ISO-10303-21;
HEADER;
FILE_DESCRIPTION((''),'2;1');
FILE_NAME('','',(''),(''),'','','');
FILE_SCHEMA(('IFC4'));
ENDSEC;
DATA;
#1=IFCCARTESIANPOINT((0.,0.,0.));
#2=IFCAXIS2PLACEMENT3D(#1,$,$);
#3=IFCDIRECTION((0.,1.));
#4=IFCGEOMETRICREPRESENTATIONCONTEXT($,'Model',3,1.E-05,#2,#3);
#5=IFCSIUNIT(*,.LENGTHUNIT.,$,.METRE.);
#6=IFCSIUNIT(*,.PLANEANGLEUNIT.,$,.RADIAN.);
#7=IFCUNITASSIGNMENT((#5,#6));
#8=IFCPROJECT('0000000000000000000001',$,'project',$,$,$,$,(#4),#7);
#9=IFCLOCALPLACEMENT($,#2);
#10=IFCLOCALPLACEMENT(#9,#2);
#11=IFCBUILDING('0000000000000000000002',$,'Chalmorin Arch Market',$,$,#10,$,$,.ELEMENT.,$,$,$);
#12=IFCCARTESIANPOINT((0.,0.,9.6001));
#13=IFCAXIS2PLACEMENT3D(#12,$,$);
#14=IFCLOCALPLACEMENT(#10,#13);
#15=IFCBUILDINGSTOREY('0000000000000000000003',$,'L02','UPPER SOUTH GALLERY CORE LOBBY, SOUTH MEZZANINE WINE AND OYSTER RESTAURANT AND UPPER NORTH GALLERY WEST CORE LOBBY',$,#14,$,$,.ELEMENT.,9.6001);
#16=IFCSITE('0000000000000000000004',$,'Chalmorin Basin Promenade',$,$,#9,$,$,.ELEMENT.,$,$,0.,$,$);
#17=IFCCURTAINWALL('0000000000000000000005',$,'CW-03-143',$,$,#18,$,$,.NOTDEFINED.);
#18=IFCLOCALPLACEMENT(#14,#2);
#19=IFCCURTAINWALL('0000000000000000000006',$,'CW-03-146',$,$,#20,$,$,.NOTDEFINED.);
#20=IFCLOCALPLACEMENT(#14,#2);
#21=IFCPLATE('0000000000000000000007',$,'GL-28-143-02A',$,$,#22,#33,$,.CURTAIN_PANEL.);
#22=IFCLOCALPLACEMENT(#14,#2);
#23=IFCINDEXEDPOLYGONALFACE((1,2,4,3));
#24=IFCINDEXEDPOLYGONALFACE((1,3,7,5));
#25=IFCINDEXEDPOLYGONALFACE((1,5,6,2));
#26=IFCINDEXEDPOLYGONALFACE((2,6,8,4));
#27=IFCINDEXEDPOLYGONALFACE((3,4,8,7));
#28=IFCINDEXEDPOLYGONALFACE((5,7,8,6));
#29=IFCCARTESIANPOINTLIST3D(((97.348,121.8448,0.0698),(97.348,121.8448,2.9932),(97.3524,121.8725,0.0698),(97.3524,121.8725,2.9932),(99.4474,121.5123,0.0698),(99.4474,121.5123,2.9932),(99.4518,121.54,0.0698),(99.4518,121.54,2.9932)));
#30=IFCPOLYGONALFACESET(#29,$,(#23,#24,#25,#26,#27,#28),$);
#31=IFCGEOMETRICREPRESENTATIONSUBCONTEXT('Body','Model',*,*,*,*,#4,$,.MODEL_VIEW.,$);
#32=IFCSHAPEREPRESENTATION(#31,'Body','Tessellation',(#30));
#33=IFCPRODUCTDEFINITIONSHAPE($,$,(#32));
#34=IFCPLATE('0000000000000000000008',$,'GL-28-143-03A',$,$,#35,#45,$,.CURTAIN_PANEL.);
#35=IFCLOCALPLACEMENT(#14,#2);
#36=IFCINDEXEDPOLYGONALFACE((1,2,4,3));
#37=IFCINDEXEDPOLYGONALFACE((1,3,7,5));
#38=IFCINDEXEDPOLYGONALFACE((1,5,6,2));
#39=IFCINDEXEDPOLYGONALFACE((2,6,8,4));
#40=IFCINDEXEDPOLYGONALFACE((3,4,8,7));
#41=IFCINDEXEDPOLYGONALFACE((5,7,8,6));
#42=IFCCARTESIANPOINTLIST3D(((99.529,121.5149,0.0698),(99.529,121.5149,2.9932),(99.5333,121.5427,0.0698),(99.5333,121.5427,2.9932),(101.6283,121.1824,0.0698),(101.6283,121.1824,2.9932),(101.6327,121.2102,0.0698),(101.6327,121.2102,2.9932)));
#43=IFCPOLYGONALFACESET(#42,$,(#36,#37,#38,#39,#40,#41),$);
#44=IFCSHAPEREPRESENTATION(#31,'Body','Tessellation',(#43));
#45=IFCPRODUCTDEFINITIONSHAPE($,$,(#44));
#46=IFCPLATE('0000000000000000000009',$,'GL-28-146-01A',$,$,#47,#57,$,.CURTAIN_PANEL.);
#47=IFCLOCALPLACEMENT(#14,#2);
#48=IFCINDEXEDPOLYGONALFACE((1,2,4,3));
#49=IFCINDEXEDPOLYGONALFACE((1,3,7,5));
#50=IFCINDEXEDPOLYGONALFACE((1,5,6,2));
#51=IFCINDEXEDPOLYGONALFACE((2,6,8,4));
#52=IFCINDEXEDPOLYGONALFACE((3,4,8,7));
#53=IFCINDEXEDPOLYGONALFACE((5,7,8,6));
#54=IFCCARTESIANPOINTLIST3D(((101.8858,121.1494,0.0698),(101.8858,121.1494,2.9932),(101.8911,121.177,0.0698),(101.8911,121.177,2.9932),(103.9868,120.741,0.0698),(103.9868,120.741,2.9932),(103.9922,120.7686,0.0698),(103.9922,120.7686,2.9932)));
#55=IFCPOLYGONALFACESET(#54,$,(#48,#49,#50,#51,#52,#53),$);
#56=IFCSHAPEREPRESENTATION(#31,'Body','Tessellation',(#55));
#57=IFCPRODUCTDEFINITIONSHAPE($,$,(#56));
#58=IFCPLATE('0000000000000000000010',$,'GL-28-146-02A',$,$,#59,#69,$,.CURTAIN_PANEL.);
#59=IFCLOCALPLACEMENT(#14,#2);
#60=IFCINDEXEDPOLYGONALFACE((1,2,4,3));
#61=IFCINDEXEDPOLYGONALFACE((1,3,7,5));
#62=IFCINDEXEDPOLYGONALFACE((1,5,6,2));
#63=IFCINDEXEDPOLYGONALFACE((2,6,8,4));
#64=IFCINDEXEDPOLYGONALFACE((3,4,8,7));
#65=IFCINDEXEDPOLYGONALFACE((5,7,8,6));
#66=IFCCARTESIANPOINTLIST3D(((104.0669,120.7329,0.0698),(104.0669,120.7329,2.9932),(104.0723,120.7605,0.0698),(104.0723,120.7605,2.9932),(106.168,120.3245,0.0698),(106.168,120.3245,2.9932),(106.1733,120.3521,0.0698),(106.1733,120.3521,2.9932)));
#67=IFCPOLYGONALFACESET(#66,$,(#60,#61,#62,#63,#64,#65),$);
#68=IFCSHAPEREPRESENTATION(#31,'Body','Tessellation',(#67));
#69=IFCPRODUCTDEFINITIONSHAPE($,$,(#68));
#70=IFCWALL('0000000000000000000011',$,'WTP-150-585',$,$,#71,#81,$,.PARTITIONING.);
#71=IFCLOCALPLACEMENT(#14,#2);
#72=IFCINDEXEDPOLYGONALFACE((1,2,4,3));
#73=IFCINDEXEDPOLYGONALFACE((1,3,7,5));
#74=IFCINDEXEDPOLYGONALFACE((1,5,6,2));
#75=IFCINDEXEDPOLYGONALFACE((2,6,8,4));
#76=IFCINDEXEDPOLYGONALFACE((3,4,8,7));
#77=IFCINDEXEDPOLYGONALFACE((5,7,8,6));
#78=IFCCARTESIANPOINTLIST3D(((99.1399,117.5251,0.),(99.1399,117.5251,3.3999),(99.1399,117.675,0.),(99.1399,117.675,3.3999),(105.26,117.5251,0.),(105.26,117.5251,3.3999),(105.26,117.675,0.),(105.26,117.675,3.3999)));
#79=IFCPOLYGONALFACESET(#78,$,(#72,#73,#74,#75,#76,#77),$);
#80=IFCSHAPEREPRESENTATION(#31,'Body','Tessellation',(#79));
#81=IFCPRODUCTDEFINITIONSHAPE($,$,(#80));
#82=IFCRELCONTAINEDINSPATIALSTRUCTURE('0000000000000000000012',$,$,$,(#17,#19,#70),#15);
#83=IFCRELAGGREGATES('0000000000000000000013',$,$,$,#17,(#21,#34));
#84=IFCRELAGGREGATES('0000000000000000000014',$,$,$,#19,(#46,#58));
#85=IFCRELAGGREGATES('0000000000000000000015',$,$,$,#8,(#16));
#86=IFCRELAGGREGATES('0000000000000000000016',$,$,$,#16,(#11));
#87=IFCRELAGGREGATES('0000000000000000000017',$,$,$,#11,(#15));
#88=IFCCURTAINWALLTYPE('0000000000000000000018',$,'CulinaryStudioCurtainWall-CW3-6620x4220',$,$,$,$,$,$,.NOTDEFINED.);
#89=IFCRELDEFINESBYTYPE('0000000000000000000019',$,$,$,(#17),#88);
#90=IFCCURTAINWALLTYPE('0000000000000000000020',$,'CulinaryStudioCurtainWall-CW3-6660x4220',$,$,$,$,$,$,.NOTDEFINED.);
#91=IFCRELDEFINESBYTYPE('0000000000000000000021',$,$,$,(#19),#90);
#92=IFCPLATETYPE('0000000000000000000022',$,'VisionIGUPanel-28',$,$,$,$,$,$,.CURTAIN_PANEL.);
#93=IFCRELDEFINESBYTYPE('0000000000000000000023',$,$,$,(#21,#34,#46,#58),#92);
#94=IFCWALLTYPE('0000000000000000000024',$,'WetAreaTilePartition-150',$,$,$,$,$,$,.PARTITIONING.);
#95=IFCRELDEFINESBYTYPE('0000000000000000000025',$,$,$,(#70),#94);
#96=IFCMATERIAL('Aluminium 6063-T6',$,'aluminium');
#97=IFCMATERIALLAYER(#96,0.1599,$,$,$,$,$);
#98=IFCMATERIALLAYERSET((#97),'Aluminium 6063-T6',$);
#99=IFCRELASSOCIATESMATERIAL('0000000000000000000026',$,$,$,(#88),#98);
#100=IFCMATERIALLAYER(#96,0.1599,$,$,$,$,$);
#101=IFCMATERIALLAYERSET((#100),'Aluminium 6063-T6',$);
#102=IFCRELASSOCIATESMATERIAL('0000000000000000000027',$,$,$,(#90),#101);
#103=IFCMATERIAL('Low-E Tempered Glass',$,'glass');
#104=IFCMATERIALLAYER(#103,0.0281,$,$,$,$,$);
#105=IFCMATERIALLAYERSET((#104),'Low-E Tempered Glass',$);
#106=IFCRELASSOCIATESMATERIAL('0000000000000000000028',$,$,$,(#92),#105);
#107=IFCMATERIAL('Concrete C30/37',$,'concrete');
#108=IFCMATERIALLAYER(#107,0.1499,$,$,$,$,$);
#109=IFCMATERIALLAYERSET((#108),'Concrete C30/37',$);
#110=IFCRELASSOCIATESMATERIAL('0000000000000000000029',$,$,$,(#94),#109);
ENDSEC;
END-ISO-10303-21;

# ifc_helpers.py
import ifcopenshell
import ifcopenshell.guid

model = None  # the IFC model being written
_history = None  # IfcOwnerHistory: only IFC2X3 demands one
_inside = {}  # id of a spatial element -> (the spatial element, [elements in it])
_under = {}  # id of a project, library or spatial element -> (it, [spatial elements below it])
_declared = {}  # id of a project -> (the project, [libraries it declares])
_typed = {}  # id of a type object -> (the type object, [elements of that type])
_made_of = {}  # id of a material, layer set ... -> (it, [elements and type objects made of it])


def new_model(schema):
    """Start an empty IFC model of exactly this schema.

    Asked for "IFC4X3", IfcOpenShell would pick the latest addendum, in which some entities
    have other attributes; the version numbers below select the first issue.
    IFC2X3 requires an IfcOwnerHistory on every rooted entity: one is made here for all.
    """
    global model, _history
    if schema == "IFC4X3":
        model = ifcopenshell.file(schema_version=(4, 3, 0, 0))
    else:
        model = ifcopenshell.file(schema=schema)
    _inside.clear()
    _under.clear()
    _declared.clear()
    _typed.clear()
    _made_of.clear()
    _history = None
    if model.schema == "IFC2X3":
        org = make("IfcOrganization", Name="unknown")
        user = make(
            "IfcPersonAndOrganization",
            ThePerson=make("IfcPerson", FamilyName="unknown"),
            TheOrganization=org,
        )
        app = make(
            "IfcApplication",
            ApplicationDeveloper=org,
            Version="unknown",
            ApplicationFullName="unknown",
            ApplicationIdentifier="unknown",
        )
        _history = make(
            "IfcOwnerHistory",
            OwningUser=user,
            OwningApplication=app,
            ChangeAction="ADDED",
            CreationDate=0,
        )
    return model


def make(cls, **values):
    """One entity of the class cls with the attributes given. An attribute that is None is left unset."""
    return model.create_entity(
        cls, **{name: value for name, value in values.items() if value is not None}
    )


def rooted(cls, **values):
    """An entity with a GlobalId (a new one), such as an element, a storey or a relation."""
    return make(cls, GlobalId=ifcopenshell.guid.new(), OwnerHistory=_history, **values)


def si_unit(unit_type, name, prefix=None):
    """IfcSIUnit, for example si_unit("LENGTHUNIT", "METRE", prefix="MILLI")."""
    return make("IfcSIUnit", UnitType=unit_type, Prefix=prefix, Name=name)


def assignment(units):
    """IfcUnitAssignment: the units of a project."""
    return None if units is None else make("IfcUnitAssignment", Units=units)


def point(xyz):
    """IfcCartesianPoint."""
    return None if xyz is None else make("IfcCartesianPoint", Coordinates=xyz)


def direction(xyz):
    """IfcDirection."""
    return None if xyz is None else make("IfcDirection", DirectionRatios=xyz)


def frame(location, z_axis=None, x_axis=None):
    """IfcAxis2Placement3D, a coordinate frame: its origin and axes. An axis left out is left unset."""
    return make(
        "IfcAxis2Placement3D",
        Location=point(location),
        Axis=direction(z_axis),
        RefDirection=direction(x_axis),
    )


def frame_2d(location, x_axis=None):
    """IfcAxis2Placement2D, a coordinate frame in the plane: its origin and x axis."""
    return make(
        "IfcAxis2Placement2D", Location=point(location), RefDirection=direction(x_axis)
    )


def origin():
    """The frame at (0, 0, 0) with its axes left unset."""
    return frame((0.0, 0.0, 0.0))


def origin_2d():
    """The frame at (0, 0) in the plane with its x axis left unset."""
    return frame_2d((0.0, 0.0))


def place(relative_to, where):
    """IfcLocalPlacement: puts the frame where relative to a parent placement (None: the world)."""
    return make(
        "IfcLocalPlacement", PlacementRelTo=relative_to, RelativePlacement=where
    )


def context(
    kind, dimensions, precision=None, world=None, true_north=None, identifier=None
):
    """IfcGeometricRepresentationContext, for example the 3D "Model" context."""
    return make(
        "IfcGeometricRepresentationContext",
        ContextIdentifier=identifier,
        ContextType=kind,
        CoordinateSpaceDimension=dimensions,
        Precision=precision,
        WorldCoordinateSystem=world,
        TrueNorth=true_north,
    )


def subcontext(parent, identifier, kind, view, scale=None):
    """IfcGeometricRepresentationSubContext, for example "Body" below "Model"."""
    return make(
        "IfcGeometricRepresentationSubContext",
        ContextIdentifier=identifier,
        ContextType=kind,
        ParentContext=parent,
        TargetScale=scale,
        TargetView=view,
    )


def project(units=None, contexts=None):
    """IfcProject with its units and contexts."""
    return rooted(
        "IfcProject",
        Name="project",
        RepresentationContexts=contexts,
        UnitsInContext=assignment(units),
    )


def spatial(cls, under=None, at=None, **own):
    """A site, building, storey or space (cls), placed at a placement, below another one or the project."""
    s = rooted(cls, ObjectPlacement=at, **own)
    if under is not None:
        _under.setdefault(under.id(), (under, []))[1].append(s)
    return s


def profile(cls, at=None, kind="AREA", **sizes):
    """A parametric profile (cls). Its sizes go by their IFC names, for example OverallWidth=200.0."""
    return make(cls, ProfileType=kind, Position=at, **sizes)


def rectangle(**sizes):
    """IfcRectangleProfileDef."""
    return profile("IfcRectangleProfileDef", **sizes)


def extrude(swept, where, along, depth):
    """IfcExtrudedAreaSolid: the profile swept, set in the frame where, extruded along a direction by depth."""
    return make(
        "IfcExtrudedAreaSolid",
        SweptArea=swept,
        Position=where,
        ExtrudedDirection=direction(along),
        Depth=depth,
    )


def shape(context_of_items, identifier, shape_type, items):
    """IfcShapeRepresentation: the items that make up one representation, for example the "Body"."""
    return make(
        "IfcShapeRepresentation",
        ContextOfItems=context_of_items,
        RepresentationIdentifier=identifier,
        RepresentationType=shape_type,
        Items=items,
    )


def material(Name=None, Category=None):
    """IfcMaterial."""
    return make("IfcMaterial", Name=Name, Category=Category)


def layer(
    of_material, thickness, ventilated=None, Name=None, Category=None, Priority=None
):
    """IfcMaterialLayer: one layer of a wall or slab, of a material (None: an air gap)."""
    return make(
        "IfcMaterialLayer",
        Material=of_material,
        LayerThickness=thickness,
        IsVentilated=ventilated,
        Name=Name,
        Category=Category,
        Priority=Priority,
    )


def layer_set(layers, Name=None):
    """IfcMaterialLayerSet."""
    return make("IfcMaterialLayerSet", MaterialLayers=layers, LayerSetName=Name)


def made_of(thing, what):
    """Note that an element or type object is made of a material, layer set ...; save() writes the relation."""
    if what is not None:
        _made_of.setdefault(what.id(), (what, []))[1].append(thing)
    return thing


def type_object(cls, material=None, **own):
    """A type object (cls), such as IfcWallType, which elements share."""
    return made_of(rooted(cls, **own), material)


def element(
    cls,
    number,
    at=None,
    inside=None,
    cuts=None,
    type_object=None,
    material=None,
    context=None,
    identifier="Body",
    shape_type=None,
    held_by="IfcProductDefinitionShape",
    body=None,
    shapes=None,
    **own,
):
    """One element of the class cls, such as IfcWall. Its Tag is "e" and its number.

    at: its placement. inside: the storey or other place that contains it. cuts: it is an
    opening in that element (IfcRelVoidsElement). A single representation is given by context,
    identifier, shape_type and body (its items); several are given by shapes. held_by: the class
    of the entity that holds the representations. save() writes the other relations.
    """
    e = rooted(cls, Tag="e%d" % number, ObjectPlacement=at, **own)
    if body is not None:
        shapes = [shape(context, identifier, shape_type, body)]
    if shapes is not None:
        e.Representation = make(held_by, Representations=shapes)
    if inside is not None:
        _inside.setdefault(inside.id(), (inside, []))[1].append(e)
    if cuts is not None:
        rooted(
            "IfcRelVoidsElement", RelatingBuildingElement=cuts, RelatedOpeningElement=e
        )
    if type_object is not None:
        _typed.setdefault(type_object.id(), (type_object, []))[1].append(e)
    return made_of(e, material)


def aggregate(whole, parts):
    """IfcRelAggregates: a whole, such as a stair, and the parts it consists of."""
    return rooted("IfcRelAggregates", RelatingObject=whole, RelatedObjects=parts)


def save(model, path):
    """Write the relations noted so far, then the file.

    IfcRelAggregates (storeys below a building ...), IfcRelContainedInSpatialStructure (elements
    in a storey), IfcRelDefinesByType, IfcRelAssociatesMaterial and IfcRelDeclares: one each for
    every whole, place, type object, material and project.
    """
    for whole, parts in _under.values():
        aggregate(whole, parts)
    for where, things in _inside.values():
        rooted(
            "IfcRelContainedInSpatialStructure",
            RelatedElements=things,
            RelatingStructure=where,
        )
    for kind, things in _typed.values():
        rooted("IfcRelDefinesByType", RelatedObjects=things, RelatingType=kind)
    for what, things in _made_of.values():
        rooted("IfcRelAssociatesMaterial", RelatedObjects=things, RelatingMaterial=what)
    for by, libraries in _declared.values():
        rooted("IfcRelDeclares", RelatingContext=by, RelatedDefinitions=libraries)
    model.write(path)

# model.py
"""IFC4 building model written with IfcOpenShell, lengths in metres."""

from ifc_helpers import new_model, si_unit, direction, frame, frame_2d, origin, origin_2d, place, context, subcontext, project, spatial, rectangle, extrude, material, layer, layer_set, type_object, element, aggregate, save


model = new_model("IFC4")

# Units and contexts
model_context = context("Model", 3, precision=1e-05, world=origin(), true_north=direction((0.0, 1.0)))
body_context = subcontext(model_context, "Body", "Model", "MODEL_VIEW")
ifc_project = project(units=[si_unit("LENGTHUNIT", "METRE"), si_unit("PLANEANGLEUNIT", "RADIAN")], contexts=[model_context])

# Site, building, storey
site_placement = place(None, origin())
site = spatial("IfcSite", under=ifc_project, at=site_placement, Name="Chalmorin Basin Promenade", CompositionType="ELEMENT", RefElevation=0.0)
building_placement = place(site_placement, origin())
building = spatial("IfcBuilding", under=site, at=building_placement, Name="Chalmorin Arch Market", CompositionType="ELEMENT")
storey_placement = place(building_placement, frame((0.0, 0.0, 9.6001)))
storey = spatial("IfcBuildingStorey", under=building, at=storey_placement, Name="L02", Description="UPPER SOUTH GALLERY CORE LOBBY, SOUTH MEZZANINE WINE AND OYSTER RESTAURANT AND UPPER NORTH GALLERY WEST CORE LOBBY", CompositionType="ELEMENT", Elevation=9.6001)

# Shared definitions
ifc_material_1 = material(Name="Aluminium 6063-T6", Category="aluminium")

# Curtain walls
ifc_layer_1 = layer(ifc_material_1, 0.1599)
ifc_layer_set_1 = layer_set([ifc_layer_1], Name="Aluminium 6063-T6")
curtain_wall_type_1 = type_object("IfcCurtainWallType", Name="CulinaryStudioCurtainWall-CW3-6620x4220", PredefinedType="NOTDEFINED", material=ifc_layer_set_1)
curtain_wall_1_placement = place(storey_placement, origin())
curtain_wall_1 = element("IfcCurtainWall", 1, at=curtain_wall_1_placement, inside=storey, type_object=curtain_wall_type_1, Name="CW-03-143", PredefinedType="NOTDEFINED")
ifc_layer_2 = layer(ifc_material_1, 0.1599)
ifc_layer_set_2 = layer_set([ifc_layer_2], Name="Aluminium 6063-T6")
curtain_wall_type_2 = type_object("IfcCurtainWallType", Name="CulinaryStudioCurtainWall-CW3-6660x4220", PredefinedType="NOTDEFINED", material=ifc_layer_set_2)
curtain_wall_2_placement = place(storey_placement, origin())
curtain_wall_2 = element("IfcCurtainWall", 2, at=curtain_wall_2_placement, inside=storey, type_object=curtain_wall_type_2, Name="CW-03-146", PredefinedType="NOTDEFINED")

# Plates
ifc_material_2 = material(Name="Low-E Tempered Glass", Category="glass")
ifc_layer_3 = layer(ifc_material_2, 0.0281)
ifc_layer_set_3 = layer_set([ifc_layer_3], Name="Low-E Tempered Glass")
plate_type_1 = type_object("IfcPlateType", Name="VisionIGUPanel-28", PredefinedType="CURTAIN_PANEL", material=ifc_layer_set_3)
plate_1_placement = place(storey_placement, frame((98.3999, 121.6924, 0.0698), z_axis=(0.0, 0.0, 1.0), x_axis=(0.987688, -0.156434, 0.0)))
plate_1 = element("IfcPlate", 3, at=plate_1_placement, type_object=plate_type_1, Name="GL-28-143-02A", PredefinedType="CURTAIN_PANEL", context=body_context, shape_type="SweptSolid", body=[
    extrude(rectangle(XDim=2.1255, YDim=0.0281, at=origin_2d()), origin(), (0.0, 0.0, 1.0), 2.9233),
])
plate_2_placement = place(storey_placement, frame((100.5808, 121.3625, 0.0698), z_axis=(0.0, 0.0, 1.0), x_axis=(0.987688, -0.156434, 0.0)))
plate_2 = element("IfcPlate", 4, at=plate_2_placement, type_object=plate_type_1, Name="GL-28-143-03A", PredefinedType="CURTAIN_PANEL", context=body_context, shape_type="SweptSolid", body=[
    extrude(rectangle(XDim=2.1255, YDim=0.0281, at=origin_2d()), origin(), (0.0, 0.0, 1.0), 2.9233),
])
aggregate(curtain_wall_1, [plate_1, plate_2])
plate_3_placement = place(storey_placement, frame((102.939, 120.959, 0.0698), z_axis=(0.0, 0.0, 1.0), x_axis=(0.981627, -0.190809, 0.0)))
plate_3 = element("IfcPlate", 5, at=plate_3_placement, type_object=plate_type_1, Name="GL-28-146-01A", PredefinedType="CURTAIN_PANEL", context=body_context, shape_type="SweptSolid", body=[
    extrude(rectangle(XDim=2.1404, YDim=0.0281, at=origin_2d()), origin(), (0.0, 0.0, 1.0), 2.9233),
])
plate_4_placement = place(storey_placement, frame((105.1201, 120.5425, 0.0698), z_axis=(0.0, 0.0, 1.0), x_axis=(0.981627, -0.190809, 0.0)))
plate_4 = element("IfcPlate", 6, at=plate_4_placement, type_object=plate_type_1, Name="GL-28-146-02A", PredefinedType="CURTAIN_PANEL", context=body_context, shape_type="SweptSolid", body=[
    extrude(rectangle(XDim=2.1404, YDim=0.0281, at=origin_2d()), origin(), (0.0, 0.0, 1.0), 2.9233),
])
aggregate(curtain_wall_2, [plate_3, plate_4])

# Wall
ifc_material_3 = material(Name="Concrete C30/37", Category="concrete")
ifc_layer_4 = layer(ifc_material_3, 0.1499)
ifc_layer_set_4 = layer_set([ifc_layer_4], Name="Concrete C30/37")
wall_type = type_object("IfcWallType", Name="WetAreaTilePartition-150", PredefinedType="PARTITIONING", material=ifc_layer_set_4)
wall_placement = place(storey_placement, frame((99.1399, 117.6001, 0.0), z_axis=(0.0, 0.0, 1.0), x_axis=(1.0, 0.0, 0.0)))
element("IfcWall", 7, at=wall_placement, inside=storey, type_object=wall_type, Name="WTP-150-585", PredefinedType="PARTITIONING", context=body_context, shape_type="SweptSolid", body=[
    extrude(rectangle(XDim=6.1201, YDim=0.1499, at=frame_2d((3.0601, 0.0))), origin(), (0.0, 0.0, 1.0), 3.3999),
])

save(model, "model.ifc")
